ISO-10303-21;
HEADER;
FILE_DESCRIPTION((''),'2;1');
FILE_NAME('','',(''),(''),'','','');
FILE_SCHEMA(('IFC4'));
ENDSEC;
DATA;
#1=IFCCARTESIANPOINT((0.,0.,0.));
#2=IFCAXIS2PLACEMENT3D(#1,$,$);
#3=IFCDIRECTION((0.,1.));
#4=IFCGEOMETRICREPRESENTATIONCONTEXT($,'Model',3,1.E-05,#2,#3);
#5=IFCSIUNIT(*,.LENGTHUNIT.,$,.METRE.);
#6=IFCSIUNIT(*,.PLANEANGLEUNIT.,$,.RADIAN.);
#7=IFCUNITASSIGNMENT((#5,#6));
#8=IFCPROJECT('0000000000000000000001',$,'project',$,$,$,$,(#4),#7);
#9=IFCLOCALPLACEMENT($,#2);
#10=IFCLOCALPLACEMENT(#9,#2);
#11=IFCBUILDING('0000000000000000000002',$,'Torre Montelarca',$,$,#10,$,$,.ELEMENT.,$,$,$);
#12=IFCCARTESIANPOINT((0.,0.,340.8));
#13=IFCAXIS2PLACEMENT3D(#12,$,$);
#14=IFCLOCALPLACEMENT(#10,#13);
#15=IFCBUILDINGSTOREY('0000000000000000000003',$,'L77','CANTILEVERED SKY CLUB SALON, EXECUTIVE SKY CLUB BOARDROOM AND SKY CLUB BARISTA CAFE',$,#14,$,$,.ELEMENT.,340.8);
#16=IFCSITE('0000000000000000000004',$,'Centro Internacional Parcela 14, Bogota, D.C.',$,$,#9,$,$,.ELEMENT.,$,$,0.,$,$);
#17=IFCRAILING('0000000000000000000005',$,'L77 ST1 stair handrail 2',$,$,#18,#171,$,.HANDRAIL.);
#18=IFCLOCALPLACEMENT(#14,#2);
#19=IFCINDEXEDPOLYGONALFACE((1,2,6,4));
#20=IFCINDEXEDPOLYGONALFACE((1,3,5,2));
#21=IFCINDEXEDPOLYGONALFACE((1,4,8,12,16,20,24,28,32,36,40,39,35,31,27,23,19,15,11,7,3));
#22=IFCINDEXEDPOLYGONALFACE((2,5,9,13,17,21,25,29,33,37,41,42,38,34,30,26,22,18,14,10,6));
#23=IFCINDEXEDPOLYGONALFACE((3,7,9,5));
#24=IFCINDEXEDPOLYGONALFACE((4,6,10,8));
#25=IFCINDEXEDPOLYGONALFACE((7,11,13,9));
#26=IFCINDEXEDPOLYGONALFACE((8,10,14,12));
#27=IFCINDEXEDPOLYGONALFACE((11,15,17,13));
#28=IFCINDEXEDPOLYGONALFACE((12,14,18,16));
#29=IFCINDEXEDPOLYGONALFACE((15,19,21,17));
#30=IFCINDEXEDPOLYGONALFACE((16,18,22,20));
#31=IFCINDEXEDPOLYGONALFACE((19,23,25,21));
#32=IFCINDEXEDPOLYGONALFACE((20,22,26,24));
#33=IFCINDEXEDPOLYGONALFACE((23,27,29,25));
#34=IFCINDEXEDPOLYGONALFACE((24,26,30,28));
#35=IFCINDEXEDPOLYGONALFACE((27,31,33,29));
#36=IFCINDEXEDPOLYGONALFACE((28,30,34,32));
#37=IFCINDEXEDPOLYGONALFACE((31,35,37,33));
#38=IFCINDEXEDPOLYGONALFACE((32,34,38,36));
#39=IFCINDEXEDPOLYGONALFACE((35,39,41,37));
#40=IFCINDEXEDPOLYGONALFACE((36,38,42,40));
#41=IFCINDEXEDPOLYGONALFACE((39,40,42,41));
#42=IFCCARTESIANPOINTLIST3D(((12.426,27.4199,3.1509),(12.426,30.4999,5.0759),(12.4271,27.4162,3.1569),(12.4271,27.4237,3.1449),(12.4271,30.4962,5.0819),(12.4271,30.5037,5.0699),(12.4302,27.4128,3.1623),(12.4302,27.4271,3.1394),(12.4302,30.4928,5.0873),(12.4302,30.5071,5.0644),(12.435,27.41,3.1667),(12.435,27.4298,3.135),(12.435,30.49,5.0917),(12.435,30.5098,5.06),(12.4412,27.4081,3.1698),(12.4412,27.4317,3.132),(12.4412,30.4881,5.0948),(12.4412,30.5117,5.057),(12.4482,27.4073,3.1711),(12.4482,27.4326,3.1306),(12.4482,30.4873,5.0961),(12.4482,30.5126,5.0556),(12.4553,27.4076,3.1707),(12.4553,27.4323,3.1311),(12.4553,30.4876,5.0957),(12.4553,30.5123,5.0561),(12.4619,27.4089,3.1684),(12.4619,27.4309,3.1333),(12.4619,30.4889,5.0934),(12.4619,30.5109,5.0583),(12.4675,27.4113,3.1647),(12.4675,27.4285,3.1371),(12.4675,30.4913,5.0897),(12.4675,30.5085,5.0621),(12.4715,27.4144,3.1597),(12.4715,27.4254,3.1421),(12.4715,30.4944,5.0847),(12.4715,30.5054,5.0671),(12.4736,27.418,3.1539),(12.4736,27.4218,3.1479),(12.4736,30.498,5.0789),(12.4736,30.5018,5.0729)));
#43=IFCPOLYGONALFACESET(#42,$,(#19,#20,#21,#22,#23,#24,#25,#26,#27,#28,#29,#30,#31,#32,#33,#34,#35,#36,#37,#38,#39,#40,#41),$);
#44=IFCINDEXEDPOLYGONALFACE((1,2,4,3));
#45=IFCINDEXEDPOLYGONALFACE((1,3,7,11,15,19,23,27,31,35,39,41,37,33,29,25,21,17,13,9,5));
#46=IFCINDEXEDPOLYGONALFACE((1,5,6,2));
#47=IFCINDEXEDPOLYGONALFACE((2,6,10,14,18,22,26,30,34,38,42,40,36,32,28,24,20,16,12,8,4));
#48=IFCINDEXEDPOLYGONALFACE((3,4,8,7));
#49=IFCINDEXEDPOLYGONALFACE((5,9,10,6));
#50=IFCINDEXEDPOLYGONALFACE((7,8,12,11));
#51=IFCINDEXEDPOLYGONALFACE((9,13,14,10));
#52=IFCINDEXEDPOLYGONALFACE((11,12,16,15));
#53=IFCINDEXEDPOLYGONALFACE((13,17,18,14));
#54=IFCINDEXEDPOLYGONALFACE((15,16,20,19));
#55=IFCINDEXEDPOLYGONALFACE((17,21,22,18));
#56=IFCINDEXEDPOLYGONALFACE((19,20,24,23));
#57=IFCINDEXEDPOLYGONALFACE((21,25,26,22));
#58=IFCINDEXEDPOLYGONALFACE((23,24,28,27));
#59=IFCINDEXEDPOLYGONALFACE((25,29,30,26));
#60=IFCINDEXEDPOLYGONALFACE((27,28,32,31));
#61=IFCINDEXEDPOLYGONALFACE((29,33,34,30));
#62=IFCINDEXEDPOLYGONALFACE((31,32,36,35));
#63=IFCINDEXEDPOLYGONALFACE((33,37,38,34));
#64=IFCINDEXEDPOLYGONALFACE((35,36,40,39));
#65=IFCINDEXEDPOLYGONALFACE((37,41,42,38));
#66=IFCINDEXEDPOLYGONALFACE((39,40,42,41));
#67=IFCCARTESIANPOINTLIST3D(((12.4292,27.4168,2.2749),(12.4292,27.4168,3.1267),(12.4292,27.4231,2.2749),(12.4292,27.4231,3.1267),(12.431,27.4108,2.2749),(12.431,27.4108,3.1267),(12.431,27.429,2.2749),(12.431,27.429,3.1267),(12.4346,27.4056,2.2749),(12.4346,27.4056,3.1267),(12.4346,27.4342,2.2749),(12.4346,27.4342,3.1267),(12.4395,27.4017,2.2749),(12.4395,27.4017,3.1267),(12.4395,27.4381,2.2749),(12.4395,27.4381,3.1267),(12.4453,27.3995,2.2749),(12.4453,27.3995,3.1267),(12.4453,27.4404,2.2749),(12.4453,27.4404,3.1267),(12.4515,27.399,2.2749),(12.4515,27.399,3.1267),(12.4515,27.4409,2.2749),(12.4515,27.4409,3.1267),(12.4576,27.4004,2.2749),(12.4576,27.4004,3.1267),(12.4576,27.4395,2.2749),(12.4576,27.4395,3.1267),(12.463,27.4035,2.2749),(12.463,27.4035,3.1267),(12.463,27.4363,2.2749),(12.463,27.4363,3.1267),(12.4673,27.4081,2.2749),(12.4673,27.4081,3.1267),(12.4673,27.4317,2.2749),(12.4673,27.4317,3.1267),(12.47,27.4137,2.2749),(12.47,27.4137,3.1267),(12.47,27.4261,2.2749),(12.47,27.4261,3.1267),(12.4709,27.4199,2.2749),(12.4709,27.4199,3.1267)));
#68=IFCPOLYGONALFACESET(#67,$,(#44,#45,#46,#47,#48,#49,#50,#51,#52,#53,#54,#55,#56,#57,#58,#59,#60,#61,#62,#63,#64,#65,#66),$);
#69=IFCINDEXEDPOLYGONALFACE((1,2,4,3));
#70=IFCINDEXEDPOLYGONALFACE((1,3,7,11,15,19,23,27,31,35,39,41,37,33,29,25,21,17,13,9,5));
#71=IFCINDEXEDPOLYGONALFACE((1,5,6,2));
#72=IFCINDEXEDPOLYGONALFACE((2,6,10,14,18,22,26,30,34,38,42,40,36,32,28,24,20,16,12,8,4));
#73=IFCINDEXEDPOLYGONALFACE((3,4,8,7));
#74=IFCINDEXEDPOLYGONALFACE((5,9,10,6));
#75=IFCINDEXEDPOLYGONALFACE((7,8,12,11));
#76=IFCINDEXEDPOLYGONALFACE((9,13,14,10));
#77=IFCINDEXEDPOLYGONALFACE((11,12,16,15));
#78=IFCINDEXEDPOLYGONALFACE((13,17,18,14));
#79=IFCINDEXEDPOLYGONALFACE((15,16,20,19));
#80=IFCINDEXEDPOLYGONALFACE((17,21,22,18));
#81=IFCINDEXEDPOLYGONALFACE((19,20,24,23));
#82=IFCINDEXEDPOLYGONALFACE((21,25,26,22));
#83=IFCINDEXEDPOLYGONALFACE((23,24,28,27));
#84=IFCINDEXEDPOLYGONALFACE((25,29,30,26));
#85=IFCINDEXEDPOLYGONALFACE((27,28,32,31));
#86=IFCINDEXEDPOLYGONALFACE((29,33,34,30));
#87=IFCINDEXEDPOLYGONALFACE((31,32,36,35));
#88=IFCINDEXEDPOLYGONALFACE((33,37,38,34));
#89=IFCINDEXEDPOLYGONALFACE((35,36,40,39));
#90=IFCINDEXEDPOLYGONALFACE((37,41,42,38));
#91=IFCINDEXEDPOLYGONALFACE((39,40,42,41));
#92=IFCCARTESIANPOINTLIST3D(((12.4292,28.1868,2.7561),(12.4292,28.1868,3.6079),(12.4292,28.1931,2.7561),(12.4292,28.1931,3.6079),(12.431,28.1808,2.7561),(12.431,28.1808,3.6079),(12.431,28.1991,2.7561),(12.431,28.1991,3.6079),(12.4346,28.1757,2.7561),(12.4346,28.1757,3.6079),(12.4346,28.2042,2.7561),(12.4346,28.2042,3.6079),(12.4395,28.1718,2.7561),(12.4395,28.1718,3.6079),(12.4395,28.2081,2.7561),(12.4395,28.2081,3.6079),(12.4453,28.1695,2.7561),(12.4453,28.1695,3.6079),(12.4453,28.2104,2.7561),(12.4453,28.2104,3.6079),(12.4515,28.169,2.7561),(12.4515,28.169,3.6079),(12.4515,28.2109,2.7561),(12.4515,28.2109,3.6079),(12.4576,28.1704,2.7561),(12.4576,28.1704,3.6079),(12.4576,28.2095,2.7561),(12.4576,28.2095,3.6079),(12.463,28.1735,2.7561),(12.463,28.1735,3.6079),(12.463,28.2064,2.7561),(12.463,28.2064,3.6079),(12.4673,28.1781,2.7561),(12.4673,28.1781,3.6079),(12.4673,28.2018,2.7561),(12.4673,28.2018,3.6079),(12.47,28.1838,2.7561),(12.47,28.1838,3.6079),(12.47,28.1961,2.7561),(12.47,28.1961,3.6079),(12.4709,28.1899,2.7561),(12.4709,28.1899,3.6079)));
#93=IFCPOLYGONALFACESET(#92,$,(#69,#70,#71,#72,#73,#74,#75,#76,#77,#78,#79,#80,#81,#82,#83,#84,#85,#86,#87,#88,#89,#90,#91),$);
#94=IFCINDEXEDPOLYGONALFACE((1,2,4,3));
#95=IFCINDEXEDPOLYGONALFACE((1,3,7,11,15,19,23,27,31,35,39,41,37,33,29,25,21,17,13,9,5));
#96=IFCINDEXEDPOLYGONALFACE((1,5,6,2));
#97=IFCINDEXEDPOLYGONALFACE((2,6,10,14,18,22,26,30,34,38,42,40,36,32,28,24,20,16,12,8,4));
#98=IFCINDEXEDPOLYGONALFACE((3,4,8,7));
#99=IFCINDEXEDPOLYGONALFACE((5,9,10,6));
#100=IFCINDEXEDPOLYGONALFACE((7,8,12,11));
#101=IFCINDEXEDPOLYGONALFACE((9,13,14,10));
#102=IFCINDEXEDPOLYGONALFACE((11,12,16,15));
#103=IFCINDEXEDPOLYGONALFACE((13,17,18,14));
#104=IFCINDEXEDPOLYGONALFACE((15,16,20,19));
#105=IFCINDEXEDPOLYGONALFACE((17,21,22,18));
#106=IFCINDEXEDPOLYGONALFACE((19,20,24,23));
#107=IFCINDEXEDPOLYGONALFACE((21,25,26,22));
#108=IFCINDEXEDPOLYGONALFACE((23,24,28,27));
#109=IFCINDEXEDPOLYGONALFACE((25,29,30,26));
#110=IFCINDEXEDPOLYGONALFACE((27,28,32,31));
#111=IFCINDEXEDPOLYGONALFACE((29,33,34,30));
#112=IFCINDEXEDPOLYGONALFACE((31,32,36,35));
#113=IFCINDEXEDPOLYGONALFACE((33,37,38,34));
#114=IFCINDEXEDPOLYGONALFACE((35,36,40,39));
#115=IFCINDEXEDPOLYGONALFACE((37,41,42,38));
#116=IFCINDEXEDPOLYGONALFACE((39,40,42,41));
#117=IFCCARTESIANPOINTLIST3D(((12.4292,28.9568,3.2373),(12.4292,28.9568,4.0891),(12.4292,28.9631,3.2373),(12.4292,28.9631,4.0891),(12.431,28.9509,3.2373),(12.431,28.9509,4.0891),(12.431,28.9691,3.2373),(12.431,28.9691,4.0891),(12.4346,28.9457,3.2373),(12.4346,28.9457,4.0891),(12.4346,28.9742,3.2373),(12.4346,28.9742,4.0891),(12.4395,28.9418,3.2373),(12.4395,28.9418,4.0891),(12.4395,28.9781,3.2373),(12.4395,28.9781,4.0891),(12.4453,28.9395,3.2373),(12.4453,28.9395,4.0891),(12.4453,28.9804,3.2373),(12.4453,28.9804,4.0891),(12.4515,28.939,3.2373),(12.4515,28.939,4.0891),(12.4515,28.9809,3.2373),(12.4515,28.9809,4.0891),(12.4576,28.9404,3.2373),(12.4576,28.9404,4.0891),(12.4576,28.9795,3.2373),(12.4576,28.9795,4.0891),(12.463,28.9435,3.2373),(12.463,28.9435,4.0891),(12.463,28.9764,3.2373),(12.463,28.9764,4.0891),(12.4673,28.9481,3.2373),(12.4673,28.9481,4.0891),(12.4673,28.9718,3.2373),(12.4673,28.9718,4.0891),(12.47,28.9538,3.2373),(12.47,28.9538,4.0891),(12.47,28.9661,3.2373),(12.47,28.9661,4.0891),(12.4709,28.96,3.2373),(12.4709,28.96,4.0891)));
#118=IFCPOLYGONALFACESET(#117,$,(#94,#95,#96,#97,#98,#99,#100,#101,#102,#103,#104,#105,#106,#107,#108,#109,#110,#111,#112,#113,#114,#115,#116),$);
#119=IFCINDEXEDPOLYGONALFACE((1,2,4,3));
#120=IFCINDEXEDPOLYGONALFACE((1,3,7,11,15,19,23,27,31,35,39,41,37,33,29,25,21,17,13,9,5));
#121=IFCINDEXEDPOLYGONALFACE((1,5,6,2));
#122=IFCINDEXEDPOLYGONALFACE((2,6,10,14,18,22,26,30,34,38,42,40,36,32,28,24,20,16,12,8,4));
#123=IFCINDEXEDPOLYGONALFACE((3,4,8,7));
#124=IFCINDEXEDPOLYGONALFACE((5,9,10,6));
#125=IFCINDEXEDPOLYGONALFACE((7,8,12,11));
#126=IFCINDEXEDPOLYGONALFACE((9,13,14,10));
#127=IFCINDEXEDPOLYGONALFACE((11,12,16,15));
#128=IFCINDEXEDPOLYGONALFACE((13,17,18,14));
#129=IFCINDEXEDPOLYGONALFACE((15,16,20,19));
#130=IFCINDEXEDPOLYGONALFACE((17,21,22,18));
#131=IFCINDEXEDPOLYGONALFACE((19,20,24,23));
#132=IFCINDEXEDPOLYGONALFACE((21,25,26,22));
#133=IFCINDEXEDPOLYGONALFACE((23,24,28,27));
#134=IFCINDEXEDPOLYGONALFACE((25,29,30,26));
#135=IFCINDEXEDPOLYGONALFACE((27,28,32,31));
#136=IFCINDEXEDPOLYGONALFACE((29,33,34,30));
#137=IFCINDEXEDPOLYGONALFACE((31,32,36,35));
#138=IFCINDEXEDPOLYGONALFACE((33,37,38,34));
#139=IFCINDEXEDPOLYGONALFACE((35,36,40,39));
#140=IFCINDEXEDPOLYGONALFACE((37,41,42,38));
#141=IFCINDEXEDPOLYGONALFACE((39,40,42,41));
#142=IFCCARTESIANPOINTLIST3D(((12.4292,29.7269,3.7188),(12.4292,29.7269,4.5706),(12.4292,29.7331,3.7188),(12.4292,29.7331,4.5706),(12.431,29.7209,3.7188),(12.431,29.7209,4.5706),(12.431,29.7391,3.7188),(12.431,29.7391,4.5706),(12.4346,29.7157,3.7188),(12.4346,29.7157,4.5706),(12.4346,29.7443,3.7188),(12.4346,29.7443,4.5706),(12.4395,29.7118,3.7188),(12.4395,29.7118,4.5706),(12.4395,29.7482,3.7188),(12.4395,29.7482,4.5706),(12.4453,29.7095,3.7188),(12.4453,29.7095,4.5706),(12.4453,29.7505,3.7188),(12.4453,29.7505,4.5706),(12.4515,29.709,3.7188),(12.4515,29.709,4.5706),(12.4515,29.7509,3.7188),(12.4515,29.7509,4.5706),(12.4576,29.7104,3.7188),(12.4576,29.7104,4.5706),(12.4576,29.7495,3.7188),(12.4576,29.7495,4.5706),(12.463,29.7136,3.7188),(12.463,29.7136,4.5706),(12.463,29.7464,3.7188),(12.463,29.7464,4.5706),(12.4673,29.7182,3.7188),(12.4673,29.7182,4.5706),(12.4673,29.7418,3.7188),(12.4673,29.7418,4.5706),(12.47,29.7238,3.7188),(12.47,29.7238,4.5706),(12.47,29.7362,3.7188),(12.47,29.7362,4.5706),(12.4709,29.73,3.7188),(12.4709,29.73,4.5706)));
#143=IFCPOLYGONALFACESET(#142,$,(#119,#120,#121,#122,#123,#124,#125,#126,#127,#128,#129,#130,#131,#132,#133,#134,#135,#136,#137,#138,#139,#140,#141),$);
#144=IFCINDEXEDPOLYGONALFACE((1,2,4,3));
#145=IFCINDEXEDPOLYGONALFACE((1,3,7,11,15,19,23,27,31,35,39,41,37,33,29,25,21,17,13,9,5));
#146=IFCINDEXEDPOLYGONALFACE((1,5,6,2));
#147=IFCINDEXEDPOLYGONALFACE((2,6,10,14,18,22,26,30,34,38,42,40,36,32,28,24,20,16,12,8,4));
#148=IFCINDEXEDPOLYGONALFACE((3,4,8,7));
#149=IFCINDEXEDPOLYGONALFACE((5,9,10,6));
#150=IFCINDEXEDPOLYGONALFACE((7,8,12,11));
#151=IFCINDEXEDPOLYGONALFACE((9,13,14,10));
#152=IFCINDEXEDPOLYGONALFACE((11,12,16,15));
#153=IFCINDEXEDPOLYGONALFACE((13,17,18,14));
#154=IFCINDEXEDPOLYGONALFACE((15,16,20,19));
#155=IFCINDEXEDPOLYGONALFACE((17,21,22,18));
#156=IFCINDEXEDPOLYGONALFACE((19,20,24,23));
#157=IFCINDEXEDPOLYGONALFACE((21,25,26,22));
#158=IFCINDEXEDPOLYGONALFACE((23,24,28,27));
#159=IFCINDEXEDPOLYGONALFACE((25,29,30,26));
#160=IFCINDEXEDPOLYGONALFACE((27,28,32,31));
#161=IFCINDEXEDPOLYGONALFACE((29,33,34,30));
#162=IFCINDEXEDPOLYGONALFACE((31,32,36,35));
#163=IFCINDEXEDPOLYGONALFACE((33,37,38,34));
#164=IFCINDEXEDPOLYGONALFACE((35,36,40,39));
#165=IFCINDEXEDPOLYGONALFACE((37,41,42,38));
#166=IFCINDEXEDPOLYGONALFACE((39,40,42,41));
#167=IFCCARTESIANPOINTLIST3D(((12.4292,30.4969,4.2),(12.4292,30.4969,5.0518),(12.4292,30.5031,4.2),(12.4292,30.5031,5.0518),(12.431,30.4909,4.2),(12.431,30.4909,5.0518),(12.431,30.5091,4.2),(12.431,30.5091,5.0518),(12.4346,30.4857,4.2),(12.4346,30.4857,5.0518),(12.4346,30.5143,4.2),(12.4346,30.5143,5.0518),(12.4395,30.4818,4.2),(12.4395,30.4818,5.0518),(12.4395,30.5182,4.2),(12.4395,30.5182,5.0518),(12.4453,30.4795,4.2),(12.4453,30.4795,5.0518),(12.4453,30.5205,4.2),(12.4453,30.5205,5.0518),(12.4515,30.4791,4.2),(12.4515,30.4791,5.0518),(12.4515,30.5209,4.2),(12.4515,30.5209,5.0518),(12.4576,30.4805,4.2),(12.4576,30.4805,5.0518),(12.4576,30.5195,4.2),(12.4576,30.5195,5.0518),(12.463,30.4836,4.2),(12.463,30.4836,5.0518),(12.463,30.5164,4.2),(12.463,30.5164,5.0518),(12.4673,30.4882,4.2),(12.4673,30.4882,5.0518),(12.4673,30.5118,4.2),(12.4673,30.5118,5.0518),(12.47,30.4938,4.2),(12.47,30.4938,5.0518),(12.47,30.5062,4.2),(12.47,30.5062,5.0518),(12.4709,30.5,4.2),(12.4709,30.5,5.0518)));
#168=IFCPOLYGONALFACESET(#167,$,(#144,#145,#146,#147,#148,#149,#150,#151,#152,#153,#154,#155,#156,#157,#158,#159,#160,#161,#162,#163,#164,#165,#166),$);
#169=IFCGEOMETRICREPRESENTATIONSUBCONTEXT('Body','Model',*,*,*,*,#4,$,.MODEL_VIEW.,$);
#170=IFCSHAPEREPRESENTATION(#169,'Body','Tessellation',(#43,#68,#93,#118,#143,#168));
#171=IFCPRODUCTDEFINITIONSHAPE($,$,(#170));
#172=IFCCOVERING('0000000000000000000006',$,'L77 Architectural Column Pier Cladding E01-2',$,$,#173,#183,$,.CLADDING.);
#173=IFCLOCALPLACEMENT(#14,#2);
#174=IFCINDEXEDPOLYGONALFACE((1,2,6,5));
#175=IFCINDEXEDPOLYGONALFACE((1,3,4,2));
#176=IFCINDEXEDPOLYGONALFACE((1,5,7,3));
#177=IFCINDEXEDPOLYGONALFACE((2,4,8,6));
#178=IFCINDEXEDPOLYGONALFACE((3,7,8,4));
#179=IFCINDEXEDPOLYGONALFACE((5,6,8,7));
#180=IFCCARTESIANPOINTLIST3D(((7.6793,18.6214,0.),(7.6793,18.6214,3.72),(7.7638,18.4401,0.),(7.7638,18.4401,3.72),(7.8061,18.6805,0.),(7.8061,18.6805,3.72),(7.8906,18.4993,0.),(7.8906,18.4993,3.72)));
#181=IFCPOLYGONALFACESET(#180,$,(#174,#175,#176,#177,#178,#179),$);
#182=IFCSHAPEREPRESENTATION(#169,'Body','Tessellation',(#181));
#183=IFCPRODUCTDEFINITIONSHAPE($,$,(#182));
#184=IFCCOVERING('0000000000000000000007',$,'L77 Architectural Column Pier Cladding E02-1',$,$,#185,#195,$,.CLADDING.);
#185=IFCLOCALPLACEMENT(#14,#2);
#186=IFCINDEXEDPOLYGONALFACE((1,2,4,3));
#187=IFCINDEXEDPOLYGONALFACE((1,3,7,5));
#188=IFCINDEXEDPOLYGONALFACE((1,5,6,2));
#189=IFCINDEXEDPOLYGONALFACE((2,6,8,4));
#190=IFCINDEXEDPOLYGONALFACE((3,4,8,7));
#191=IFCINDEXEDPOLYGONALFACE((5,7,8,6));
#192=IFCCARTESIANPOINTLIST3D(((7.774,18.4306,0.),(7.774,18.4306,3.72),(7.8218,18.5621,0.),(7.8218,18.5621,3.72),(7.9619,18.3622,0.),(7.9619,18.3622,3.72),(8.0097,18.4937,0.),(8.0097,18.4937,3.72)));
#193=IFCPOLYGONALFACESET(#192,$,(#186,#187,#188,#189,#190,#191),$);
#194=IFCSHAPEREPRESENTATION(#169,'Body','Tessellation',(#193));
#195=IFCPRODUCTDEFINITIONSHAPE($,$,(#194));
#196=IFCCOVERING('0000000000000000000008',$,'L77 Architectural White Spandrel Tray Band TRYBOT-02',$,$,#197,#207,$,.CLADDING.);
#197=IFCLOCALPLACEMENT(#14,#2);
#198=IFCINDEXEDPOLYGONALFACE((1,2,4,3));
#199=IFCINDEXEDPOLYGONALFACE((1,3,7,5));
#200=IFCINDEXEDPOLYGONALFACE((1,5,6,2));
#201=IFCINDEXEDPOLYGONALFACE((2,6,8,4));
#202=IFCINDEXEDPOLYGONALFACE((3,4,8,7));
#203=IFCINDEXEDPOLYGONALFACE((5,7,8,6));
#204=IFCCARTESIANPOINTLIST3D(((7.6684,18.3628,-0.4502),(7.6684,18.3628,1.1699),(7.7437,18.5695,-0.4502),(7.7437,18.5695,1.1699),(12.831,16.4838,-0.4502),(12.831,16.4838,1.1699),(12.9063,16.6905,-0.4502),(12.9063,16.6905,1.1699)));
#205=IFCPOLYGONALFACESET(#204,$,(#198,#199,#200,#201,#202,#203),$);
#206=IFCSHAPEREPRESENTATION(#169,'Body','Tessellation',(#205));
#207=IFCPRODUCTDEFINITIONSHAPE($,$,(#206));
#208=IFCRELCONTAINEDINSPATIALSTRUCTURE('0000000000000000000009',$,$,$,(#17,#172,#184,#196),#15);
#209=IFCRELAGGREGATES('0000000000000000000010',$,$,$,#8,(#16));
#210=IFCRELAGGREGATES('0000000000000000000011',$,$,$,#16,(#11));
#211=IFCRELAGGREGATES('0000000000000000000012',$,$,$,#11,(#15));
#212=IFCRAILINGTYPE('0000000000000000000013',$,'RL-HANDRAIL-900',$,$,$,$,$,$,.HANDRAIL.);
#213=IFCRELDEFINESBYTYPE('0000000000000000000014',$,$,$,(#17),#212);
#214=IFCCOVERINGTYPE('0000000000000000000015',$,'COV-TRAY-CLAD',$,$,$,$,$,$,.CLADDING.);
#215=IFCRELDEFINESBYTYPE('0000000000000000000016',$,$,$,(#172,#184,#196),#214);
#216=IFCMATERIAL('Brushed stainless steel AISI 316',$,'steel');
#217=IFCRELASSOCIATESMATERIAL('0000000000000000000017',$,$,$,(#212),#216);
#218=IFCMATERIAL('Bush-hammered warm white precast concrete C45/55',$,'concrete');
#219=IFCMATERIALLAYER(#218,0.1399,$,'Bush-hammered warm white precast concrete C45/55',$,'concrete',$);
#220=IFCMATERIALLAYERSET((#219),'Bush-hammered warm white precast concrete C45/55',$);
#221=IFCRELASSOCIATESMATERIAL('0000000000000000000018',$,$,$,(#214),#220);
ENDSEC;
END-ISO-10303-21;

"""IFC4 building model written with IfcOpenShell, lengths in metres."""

from ifc_helpers import new_model, si_unit, direction, frame, origin, origin_2d, place, context, subcontext, project, spatial, rectangle, circle, extrude, source, transform, mapped, material, layer, layer_set, type_object, element, save


model = new_model("IFC4")

# Units and contexts
model_context = context("Model", 3, precision=1e-05, world=origin(), true_north=direction((0.0, 1.0)))
body_context = subcontext(model_context, "Body", "Model", "MODEL_VIEW")
ifc_project = project(units=[si_unit("LENGTHUNIT", "METRE"), si_unit("PLANEANGLEUNIT", "RADIAN")], contexts=[model_context])

# Site, building, storey
site_placement = place(None, origin())
site = spatial("IfcSite", under=ifc_project, at=site_placement, Name="Centro Internacional Parcela 14, Bogota, D.C.", CompositionType="ELEMENT", RefElevation=0.0)
building_placement = place(site_placement, origin())
building = spatial("IfcBuilding", under=site, at=building_placement, Name="Torre Montelarca", CompositionType="ELEMENT")
storey_placement = place(building_placement, frame((0.0, 0.0, 340.8)))
storey = spatial("IfcBuildingStorey", under=building, at=storey_placement, Name="L77", Description="CANTILEVERED SKY CLUB SALON, EXECUTIVE SKY CLUB BOARDROOM AND SKY CLUB BARISTA CAFE", CompositionType="ELEMENT", Elevation=340.8)

# Railing
ifc_material_1 = material(Name="Brushed stainless steel AISI 316", Category="steel")
railing_type_1 = type_object("IfcRailingType", Name="RL-HANDRAIL-900", PredefinedType="HANDRAIL", material=ifc_material_1)
railing_1_placement = place(storey_placement, frame((12.45, 27.4199, 2.2749)))
element("IfcRailing", 1, at=railing_1_placement, inside=storey, type_object=railing_type_1, Name="L77 ST1 stair handrail 2", PredefinedType="HANDRAIL", context=body_context, shape_type="SweptSolid", body=[
    extrude(circle(Radius=0.0239, at=origin_2d()), frame((0.0, 0.0, 0.876), z_axis=(0.0, 0.847998, 0.529999), x_axis=(-1.0, 0.0, 0.0)), (0.0, 0.0, 1.0), 3.6321),
    extrude(circle(Radius=0.021, at=origin_2d()), origin(), (0.0, 0.0, 1.0), 0.8518),
    extrude(circle(Radius=0.021, at=origin_2d()), frame((0.0, 0.77, 0.4812)), (0.0, 0.0, 1.0), 0.8518),
    extrude(circle(Radius=0.021, at=origin_2d()), frame((0.0, 1.54, 0.9624)), (0.0, 0.0, 1.0), 0.8518),
    extrude(circle(Radius=0.021, at=origin_2d()), frame((0.0, 2.3101, 1.4438)), (0.0, 0.0, 1.0), 0.8518),
    extrude(circle(Radius=0.021, at=origin_2d()), frame((0.0, 3.0801, 1.925)), (0.0, 0.0, 1.0), 0.8518),
])

# Coverings
ifc_material_2 = material(Name="Bush-hammered warm white precast concrete C45/55", Category="concrete")
ifc_layer_1 = layer(ifc_material_2, 0.1399, Name="Bush-hammered warm white precast concrete C45/55", Category="concrete")
ifc_layer_set_1 = layer_set([ifc_layer_1], Name="Bush-hammered warm white precast concrete C45/55")
covering_type = type_object("IfcCoveringType", Name="COV-TRAY-CLAD", PredefinedType="CLADDING", material=ifc_layer_set_1)
shared_shape_1 = source(origin(), body_context, "Body", "SweptSolid", [
    extrude(rectangle(XDim=0.2, YDim=0.1399, at=origin_2d()), origin(), (0.0, 0.0, 1.0), 3.72),
])
for number, where, z_axis, x_axis, name in (
    (2, (7.7849, 18.5603, 0.0), (0.0, 0.0, 1.0), (0.422617, -0.906309, 0.0), "L77 Architectural Column Pier Cladding E01-2"),
    (3, (7.8918, 18.4622, 0.0), (0.0, 0.0, 1.0), (0.939693, -0.342019, 0.0), "L77 Architectural Column Pier Cladding E02-1"),
):
    element("IfcCovering", number, at=place(storey_placement, frame(where, z_axis=z_axis, x_axis=x_axis)), inside=storey, type_object=covering_type, Name=name, PredefinedType="CLADDING", context=body_context, shape_type="MappedRepresentation", body=[
        mapped(shared_shape_1, transform((0.0, 0.0, 0.0), scale=1.0)),
    ])
shared_shape_2 = source(origin(), body_context, "Body", "SweptSolid", [
    extrude(rectangle(XDim=5.4939, YDim=0.22, at=origin_2d()), origin(), (0.0, 0.0, 1.0), 1.6201),
])
covering_1_placement = place(storey_placement, frame((10.2874, 17.5266, -0.4502), z_axis=(0.0, 0.0, 1.0), x_axis=(0.939693, -0.342019, 0.0)))
element("IfcCovering", 4, at=covering_1_placement, inside=storey, type_object=covering_type, Name="L77 Architectural White Spandrel Tray Band TRYBOT-02", PredefinedType="CLADDING", context=body_context, shape_type="MappedRepresentation", body=[
    mapped(shared_shape_2, transform((0.0, 0.0, 0.0), scale=1.0)),
])

save(model, "model.ifc")
